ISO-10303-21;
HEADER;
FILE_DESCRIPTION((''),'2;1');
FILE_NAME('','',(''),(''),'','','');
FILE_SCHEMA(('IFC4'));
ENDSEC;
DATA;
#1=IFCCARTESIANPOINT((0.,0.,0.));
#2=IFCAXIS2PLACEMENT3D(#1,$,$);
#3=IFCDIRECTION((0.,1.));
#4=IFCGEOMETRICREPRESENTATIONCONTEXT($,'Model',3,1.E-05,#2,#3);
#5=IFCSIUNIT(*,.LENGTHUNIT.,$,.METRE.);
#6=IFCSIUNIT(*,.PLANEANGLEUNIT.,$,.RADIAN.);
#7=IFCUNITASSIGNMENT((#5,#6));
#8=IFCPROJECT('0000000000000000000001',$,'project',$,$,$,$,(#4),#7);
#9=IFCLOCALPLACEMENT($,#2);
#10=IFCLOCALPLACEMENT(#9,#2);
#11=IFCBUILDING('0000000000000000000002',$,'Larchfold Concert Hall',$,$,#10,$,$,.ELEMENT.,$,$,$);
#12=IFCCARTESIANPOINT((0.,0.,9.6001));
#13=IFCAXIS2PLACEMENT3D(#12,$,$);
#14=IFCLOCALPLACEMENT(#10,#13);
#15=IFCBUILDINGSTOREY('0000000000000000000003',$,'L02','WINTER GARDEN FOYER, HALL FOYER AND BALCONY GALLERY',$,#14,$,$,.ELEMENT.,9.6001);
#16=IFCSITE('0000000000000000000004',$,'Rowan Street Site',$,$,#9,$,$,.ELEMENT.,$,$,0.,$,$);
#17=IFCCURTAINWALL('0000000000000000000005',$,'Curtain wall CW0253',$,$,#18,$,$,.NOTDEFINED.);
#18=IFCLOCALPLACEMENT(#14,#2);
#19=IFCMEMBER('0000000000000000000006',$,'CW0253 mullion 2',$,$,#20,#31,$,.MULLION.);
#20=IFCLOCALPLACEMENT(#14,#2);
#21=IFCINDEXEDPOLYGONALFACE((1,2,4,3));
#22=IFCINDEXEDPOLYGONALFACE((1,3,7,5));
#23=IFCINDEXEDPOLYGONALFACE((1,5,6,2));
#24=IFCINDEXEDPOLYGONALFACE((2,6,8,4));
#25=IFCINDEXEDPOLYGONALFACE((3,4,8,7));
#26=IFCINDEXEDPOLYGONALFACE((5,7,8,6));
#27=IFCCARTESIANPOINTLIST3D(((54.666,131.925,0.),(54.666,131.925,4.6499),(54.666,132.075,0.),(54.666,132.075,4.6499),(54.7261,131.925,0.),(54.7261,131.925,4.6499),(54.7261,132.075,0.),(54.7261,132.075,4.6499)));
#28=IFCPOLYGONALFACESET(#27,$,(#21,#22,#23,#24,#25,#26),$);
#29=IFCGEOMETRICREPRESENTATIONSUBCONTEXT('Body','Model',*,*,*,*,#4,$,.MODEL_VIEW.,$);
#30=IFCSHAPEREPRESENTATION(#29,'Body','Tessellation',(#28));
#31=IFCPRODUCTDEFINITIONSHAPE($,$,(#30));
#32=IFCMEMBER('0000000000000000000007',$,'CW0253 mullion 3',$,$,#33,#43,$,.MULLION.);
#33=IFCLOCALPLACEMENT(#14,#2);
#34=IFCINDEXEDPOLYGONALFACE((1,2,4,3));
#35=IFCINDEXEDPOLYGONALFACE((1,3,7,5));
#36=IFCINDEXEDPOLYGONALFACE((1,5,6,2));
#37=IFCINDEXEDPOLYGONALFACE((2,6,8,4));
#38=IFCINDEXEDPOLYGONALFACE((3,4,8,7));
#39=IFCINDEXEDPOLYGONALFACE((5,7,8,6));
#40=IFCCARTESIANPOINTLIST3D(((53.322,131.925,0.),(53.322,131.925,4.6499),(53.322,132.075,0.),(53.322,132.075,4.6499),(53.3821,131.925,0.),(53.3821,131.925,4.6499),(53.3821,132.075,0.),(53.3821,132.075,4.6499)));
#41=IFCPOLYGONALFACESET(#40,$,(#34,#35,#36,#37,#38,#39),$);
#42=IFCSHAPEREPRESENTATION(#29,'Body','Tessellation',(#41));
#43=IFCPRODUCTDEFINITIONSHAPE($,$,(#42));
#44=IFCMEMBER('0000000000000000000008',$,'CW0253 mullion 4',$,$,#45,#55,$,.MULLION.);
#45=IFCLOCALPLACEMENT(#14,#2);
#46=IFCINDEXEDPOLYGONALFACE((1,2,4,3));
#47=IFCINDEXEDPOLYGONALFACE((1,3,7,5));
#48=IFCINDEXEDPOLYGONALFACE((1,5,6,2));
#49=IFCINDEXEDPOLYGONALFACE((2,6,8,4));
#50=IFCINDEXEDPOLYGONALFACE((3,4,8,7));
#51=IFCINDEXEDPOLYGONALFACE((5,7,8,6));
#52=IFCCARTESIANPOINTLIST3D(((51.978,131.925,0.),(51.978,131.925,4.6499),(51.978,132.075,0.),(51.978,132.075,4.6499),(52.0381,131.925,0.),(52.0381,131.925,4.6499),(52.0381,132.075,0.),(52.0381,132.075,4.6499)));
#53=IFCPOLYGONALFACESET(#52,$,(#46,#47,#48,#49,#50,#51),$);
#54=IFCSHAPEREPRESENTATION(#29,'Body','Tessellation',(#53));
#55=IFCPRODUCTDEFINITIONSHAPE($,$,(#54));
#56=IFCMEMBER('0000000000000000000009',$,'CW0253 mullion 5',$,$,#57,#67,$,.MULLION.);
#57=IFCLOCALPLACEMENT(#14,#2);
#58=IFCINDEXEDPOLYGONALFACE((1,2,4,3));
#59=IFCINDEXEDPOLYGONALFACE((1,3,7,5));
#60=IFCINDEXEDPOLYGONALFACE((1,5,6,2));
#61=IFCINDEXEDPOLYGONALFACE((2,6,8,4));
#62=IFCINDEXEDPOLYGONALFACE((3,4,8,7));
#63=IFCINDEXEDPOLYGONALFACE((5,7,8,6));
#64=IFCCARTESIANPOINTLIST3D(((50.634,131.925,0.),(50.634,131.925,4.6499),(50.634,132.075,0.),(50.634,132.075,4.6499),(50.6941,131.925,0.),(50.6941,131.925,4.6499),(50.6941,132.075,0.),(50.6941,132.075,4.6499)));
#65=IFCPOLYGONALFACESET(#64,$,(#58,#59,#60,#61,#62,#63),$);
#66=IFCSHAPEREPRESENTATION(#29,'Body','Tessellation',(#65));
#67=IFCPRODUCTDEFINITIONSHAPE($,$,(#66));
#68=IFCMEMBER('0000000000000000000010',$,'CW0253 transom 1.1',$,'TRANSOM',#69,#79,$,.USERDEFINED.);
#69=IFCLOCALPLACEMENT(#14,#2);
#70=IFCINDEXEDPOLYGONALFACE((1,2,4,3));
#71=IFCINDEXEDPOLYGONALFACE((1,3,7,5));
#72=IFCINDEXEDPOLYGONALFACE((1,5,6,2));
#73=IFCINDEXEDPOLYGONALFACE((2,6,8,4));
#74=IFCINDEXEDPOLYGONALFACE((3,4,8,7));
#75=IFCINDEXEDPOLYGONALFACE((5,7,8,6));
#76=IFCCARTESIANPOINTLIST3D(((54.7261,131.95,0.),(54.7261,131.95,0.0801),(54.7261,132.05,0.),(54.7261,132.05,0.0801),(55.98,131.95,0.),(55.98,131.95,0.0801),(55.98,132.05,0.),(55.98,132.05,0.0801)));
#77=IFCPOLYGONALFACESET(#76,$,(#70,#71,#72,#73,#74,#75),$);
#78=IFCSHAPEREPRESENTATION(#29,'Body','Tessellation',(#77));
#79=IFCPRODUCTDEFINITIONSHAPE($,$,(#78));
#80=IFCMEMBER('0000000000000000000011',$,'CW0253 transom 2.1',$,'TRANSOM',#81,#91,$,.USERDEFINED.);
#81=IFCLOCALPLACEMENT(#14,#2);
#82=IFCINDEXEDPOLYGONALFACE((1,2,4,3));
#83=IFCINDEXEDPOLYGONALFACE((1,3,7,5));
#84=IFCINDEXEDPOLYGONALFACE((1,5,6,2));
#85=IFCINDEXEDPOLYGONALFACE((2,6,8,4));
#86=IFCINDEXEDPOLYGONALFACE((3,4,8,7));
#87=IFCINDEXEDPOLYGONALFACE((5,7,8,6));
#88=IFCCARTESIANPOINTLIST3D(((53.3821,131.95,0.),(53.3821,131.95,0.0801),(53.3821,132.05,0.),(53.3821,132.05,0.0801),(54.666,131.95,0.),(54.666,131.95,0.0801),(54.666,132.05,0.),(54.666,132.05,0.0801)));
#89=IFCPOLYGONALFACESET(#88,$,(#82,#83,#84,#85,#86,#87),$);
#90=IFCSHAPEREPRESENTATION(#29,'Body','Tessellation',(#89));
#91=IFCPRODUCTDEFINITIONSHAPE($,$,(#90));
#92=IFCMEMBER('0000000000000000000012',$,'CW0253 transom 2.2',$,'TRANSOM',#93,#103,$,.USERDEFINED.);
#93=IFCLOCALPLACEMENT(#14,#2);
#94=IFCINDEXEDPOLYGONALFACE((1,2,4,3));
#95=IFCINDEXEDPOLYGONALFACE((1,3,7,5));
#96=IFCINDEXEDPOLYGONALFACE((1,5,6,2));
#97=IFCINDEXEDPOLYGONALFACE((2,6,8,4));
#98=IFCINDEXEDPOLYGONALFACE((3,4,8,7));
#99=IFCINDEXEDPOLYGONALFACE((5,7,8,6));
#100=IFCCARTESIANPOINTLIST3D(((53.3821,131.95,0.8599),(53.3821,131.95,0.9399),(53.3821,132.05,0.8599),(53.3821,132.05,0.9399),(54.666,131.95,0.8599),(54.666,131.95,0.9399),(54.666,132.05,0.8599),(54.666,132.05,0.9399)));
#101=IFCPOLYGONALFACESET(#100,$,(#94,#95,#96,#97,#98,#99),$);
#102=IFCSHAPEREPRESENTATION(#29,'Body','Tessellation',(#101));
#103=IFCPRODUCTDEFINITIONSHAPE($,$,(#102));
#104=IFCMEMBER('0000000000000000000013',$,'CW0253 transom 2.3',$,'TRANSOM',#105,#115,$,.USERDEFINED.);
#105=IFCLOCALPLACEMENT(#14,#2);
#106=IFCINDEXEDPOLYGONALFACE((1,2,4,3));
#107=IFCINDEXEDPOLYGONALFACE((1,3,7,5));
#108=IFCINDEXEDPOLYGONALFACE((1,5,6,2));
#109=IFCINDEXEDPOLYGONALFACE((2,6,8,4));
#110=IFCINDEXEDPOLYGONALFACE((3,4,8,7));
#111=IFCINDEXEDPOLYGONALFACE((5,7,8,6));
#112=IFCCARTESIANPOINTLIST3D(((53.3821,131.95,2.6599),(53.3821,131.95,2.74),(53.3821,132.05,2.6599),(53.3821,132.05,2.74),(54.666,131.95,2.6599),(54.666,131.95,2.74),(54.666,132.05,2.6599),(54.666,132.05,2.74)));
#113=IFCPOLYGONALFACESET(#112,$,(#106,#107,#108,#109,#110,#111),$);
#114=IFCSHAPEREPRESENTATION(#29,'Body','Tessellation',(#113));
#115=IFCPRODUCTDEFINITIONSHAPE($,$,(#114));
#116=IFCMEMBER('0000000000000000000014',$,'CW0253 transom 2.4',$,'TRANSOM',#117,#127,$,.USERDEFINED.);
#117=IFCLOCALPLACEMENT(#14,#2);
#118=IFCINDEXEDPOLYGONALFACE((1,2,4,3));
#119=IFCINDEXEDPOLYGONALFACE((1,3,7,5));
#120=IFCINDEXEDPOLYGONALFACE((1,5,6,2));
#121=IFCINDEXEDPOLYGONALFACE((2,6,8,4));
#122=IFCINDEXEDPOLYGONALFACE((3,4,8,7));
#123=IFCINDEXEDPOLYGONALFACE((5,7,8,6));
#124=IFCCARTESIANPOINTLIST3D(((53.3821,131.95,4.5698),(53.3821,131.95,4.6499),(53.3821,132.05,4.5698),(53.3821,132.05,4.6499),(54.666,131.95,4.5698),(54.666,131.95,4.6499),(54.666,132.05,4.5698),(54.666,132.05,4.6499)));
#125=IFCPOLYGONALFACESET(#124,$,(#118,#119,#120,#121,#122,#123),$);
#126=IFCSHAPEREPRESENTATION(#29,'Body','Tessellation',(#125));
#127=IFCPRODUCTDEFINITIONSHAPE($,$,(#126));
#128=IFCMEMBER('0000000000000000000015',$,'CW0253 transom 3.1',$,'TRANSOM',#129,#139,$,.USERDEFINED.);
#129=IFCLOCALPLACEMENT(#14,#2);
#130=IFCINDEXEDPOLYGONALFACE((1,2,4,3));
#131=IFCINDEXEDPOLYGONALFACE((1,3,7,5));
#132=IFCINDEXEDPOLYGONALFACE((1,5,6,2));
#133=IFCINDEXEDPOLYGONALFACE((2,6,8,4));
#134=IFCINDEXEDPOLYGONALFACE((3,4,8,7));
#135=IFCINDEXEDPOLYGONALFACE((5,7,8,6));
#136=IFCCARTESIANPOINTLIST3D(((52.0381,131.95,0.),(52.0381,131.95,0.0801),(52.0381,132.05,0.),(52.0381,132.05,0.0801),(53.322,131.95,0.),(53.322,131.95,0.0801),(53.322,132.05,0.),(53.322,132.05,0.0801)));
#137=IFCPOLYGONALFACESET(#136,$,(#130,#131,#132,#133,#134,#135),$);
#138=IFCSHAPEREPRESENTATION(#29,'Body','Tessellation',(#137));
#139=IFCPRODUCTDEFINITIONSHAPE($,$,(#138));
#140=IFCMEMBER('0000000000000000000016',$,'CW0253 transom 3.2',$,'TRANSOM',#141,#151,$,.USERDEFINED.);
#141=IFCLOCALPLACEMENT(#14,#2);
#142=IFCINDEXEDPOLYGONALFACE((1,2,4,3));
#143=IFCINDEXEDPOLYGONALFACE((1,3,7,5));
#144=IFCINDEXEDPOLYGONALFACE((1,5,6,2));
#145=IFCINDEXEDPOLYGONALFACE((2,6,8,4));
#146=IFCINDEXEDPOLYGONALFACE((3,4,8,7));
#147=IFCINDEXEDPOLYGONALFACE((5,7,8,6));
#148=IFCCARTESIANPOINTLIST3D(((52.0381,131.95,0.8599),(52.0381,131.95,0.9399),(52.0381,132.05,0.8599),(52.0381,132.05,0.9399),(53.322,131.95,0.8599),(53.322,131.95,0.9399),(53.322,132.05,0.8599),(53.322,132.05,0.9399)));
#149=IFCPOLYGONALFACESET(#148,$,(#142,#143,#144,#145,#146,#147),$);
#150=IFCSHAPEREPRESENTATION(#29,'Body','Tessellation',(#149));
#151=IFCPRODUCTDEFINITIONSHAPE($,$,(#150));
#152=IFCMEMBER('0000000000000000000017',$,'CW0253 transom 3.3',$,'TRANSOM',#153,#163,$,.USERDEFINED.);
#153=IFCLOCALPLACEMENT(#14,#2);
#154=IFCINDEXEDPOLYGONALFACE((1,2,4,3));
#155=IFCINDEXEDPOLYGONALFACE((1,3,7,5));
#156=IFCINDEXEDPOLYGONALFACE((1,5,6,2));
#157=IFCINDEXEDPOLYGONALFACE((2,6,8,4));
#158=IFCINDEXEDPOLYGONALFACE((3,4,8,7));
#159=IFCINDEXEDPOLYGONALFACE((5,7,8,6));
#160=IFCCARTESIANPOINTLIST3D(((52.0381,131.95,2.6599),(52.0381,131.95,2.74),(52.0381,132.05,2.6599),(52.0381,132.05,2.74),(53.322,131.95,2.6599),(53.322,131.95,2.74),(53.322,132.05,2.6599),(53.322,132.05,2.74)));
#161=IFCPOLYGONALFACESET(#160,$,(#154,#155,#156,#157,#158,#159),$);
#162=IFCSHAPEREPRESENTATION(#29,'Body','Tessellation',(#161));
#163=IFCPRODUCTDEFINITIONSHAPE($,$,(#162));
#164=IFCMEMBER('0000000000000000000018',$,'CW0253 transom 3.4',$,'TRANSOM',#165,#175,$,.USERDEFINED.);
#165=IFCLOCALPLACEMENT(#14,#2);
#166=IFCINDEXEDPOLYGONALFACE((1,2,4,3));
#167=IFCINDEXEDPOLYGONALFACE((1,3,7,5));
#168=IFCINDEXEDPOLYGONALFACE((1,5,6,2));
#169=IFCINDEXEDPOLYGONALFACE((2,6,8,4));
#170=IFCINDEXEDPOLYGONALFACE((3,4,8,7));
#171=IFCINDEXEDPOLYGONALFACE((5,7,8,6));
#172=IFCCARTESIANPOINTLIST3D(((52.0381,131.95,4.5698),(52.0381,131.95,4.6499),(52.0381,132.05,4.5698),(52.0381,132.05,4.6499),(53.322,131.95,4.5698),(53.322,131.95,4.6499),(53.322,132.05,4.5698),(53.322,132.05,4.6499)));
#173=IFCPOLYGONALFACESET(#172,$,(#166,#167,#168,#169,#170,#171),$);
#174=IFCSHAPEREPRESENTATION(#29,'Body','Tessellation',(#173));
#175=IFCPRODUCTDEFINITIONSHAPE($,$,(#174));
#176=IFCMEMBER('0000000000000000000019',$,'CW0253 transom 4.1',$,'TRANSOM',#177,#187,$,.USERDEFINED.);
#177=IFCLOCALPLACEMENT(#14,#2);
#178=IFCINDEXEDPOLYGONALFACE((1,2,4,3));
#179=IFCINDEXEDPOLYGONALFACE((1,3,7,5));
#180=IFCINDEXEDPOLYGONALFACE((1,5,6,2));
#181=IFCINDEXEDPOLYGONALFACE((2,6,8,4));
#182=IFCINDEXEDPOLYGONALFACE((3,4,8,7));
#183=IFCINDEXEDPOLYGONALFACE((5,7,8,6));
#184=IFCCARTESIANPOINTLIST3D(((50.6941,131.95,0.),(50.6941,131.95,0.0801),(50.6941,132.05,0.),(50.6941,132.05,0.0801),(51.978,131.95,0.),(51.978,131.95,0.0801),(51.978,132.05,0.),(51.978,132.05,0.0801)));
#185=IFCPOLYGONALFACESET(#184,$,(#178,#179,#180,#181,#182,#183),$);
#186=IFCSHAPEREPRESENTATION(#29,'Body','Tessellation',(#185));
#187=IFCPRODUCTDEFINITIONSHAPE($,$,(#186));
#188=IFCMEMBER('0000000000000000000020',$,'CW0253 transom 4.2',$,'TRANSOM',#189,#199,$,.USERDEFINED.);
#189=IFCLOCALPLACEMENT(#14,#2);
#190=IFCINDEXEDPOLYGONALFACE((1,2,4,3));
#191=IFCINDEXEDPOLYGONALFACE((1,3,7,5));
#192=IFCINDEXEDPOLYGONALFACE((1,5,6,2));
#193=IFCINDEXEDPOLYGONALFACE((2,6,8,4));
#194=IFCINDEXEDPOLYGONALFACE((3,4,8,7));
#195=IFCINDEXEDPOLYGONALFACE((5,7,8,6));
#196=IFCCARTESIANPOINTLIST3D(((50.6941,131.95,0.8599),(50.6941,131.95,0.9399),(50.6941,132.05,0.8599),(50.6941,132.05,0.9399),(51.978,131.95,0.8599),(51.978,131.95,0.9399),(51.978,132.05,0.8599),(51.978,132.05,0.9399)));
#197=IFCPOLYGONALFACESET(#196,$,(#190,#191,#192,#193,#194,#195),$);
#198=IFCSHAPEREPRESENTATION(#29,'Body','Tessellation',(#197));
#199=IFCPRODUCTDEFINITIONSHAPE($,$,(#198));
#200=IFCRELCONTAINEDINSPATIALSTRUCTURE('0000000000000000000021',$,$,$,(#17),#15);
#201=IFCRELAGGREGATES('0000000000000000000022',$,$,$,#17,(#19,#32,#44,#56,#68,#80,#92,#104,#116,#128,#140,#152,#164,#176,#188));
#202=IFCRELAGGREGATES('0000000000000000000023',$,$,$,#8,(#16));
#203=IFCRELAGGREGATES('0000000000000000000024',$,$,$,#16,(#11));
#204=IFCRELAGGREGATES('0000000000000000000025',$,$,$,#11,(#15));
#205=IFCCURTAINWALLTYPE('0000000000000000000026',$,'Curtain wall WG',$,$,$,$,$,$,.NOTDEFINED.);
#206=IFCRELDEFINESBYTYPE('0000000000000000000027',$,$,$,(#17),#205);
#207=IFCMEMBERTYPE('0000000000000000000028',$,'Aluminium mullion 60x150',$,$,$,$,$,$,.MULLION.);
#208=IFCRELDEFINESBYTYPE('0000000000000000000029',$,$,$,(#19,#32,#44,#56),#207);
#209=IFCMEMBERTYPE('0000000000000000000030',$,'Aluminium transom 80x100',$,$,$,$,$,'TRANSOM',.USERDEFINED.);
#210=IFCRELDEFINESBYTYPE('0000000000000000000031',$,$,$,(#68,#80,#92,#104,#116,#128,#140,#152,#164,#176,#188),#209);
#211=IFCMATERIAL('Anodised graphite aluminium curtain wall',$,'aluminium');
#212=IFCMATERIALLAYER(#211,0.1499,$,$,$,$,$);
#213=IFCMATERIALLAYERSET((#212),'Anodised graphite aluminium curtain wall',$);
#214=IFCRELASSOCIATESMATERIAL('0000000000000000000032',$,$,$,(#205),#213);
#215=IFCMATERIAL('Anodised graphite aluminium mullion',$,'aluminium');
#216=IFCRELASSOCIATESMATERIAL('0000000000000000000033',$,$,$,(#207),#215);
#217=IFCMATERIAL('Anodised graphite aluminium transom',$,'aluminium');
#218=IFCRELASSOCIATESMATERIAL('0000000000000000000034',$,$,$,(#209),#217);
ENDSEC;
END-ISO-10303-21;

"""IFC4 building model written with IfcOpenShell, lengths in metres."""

from ifc_helpers import new_model, si_unit, direction, frame, origin, origin_2d, place, context, subcontext, project, spatial, rectangle, extrude, material, layer, layer_set, material_profile, profile_set, type_object, element, aggregate, save


model = new_model("IFC4")

# Units and contexts
model_context = context("Model", 3, precision=1e-05, world=origin(), true_north=direction((0.0, 1.0)))
body_context = subcontext(model_context, "Body", "Model", "MODEL_VIEW")
ifc_project = project(units=[si_unit("LENGTHUNIT", "METRE"), si_unit("PLANEANGLEUNIT", "RADIAN")], contexts=[model_context])

# Site, building, storey
site_placement = place(None, origin())
site = spatial("IfcSite", under=ifc_project, at=site_placement, Name="Rowan Street Site", CompositionType="ELEMENT", RefElevation=0.0)
building_placement = place(site_placement, origin())
building = spatial("IfcBuilding", under=site, at=building_placement, Name="Larchfold Concert Hall", CompositionType="ELEMENT")
storey_placement = place(building_placement, frame((0.0, 0.0, 9.6001)))
storey = spatial("IfcBuildingStorey", under=building, at=storey_placement, Name="L02", Description="WINTER GARDEN FOYER, HALL FOYER AND BALCONY GALLERY", CompositionType="ELEMENT", Elevation=9.6001)

# Curtain wall, members
ifc_material_1 = material(Name="Anodised graphite aluminium curtain wall", Category="aluminium")
ifc_layer_1 = layer(ifc_material_1, 0.1499)
ifc_layer_set_1 = layer_set([ifc_layer_1], Name="Anodised graphite aluminium curtain wall")
curtain_wall_type = type_object("IfcCurtainWallType", Name="Curtain wall WG", PredefinedType="NOTDEFINED", material=ifc_layer_set_1)
curtain_wall_placement = place(storey_placement, origin())
curtain_wall = element("IfcCurtainWall", 1, at=curtain_wall_placement, inside=storey, type_object=curtain_wall_type, Name="Curtain wall CW0253", PredefinedType="NOTDEFINED")
ifc_material_2 = material(Name="Anodised graphite aluminium mullion", Category="aluminium")
ifc_material_profile_1 = material_profile(ifc_material_2, rectangle(XDim=0.1499, YDim=0.0601, at=origin_2d()))
ifc_profile_set_1 = profile_set([ifc_material_profile_1], Name="Anodised graphite aluminium mullion")
member_type_1 = type_object("IfcMemberType", Name="Aluminium mullion 60x150", PredefinedType="MULLION", material=ifc_profile_set_1)
member_1_placement = place(storey_placement, frame((54.696, 132.0, 0.0), z_axis=(0.0, 0.0, 1.0), x_axis=(0.0, -1.0, 0.0)))
member_1 = element("IfcMember", 2, at=member_1_placement, type_object=member_type_1, Name="CW0253 mullion 2", PredefinedType="MULLION", context=body_context, shape_type="SweptSolid", body=[
    extrude(rectangle(XDim=0.1499, YDim=0.0601, at=origin_2d()), origin(), (0.0, 0.0, 1.0), 4.6499),
])
member_2_placement = place(storey_placement, frame((53.3521, 132.0, 0.0), z_axis=(0.0, 0.0, 1.0), x_axis=(0.0, -1.0, 0.0)))
member_2 = element("IfcMember", 3, at=member_2_placement, type_object=member_type_1, Name="CW0253 mullion 3", PredefinedType="MULLION", context=body_context, shape_type="SweptSolid", body=[
    extrude(rectangle(XDim=0.1499, YDim=0.0601, at=origin_2d()), origin(), (0.0, 0.0, 1.0), 4.6499),
])
member_3_placement = place(storey_placement, frame((52.0081, 132.0, 0.0), z_axis=(0.0, 0.0, 1.0), x_axis=(0.0, -1.0, 0.0)))
member_3 = element("IfcMember", 4, at=member_3_placement, type_object=member_type_1, Name="CW0253 mullion 4", PredefinedType="MULLION", context=body_context, shape_type="SweptSolid", body=[
    extrude(rectangle(XDim=0.1499, YDim=0.0601, at=origin_2d()), origin(), (0.0, 0.0, 1.0), 4.6499),
])
member_4_placement = place(storey_placement, frame((50.6641, 132.0, 0.0), z_axis=(0.0, 0.0, 1.0), x_axis=(0.0, -1.0, 0.0)))
member_4 = element("IfcMember", 5, at=member_4_placement, type_object=member_type_1, Name="CW0253 mullion 5", PredefinedType="MULLION", context=body_context, shape_type="SweptSolid", body=[
    extrude(rectangle(XDim=0.1499, YDim=0.0601, at=origin_2d()), origin(), (0.0, 0.0, 1.0), 4.6499),
])
ifc_material_3 = material(Name="Anodised graphite aluminium transom", Category="aluminium")
ifc_material_profile_2 = material_profile(ifc_material_3, rectangle(XDim=0.1001, YDim=0.0801, at=origin_2d()))
ifc_profile_set_2 = profile_set([ifc_material_profile_2], Name="Anodised graphite aluminium transom")
member_type_2 = type_object("IfcMemberType", Name="Aluminium transom 80x100", ElementType="TRANSOM", PredefinedType="USERDEFINED", material=ifc_profile_set_2)
member_5_placement = place(storey_placement, frame((55.98, 132.0, 0.04), z_axis=(-1.0, 0.0, 0.0), x_axis=(0.0, -1.0, 0.0)))
member_5 = element("IfcMember", 6, at=member_5_placement, type_object=member_type_2, Name="CW0253 transom 1.1", ObjectType="TRANSOM", PredefinedType="USERDEFINED", context=body_context, shape_type="SweptSolid", body=[
    extrude(rectangle(XDim=0.1001, YDim=0.0801, at=origin_2d()), origin(), (0.0, 0.0, 1.0), 1.2539),
])
member_6_placement = place(storey_placement, frame((54.666, 132.0, 0.04), z_axis=(-1.0, 0.0, 0.0), x_axis=(0.0, -1.0, 0.0)))
member_6 = element("IfcMember", 7, at=member_6_placement, type_object=member_type_2, Name="CW0253 transom 2.1", ObjectType="TRANSOM", PredefinedType="USERDEFINED", context=body_context, shape_type="SweptSolid", body=[
    extrude(rectangle(XDim=0.1001, YDim=0.0801, at=origin_2d()), origin(), (0.0, 0.0, 1.0), 1.2839),
])
member_7_placement = place(storey_placement, frame((54.666, 132.0, 0.8999), z_axis=(-1.0, 0.0, 0.0), x_axis=(0.0, -1.0, 0.0)))
member_7 = element("IfcMember", 8, at=member_7_placement, type_object=member_type_2, Name="CW0253 transom 2.2", ObjectType="TRANSOM", PredefinedType="USERDEFINED", context=body_context, shape_type="SweptSolid", body=[
    extrude(rectangle(XDim=0.1001, YDim=0.0801, at=origin_2d()), origin(), (0.0, 0.0, 1.0), 1.2839),
])
member_8_placement = place(storey_placement, frame((54.666, 132.0, 2.7), z_axis=(-1.0, 0.0, 0.0), x_axis=(0.0, -1.0, 0.0)))
member_8 = element("IfcMember", 9, at=member_8_placement, type_object=member_type_2, Name="CW0253 transom 2.3", ObjectType="TRANSOM", PredefinedType="USERDEFINED", context=body_context, shape_type="SweptSolid", body=[
    extrude(rectangle(XDim=0.1001, YDim=0.0801, at=origin_2d()), origin(), (0.0, 0.0, 1.0), 1.2839),
])
member_9_placement = place(storey_placement, frame((54.666, 132.0, 4.6099), z_axis=(-1.0, 0.0, 0.0), x_axis=(0.0, -1.0, 0.0)))
member_9 = element("IfcMember", 10, at=member_9_placement, type_object=member_type_2, Name="CW0253 transom 2.4", ObjectType="TRANSOM", PredefinedType="USERDEFINED", context=body_context, shape_type="SweptSolid", body=[
    extrude(rectangle(XDim=0.1001, YDim=0.0801, at=origin_2d()), origin(), (0.0, 0.0, 1.0), 1.2839),
])
member_10_placement = place(storey_placement, frame((53.322, 132.0, 0.04), z_axis=(-1.0, 0.0, 0.0), x_axis=(0.0, -1.0, 0.0)))
member_10 = element("IfcMember", 11, at=member_10_placement, type_object=member_type_2, Name="CW0253 transom 3.1", ObjectType="TRANSOM", PredefinedType="USERDEFINED", context=body_context, shape_type="SweptSolid", body=[
    extrude(rectangle(XDim=0.1001, YDim=0.0801, at=origin_2d()), origin(), (0.0, 0.0, 1.0), 1.2839),
])
member_11_placement = place(storey_placement, frame((53.322, 132.0, 0.8999), z_axis=(-1.0, 0.0, 0.0), x_axis=(0.0, -1.0, 0.0)))
member_11 = element("IfcMember", 12, at=member_11_placement, type_object=member_type_2, Name="CW0253 transom 3.2", ObjectType="TRANSOM", PredefinedType="USERDEFINED", context=body_context, shape_type="SweptSolid", body=[
    extrude(rectangle(XDim=0.1001, YDim=0.0801, at=origin_2d()), origin(), (0.0, 0.0, 1.0), 1.2839),
])
member_12_placement = place(storey_placement, frame((53.322, 132.0, 2.7), z_axis=(-1.0, 0.0, 0.0), x_axis=(0.0, -1.0, 0.0)))
member_12 = element("IfcMember", 13, at=member_12_placement, type_object=member_type_2, Name="CW0253 transom 3.3", ObjectType="TRANSOM", PredefinedType="USERDEFINED", context=body_context, shape_type="SweptSolid", body=[
    extrude(rectangle(XDim=0.1001, YDim=0.0801, at=origin_2d()), origin(), (0.0, 0.0, 1.0), 1.2839),
])
member_13_placement = place(storey_placement, frame((53.322, 132.0, 4.6099), z_axis=(-1.0, 0.0, 0.0), x_axis=(0.0, -1.0, 0.0)))
member_13 = element("IfcMember", 14, at=member_13_placement, type_object=member_type_2, Name="CW0253 transom 3.4", ObjectType="TRANSOM", PredefinedType="USERDEFINED", context=body_context, shape_type="SweptSolid", body=[
    extrude(rectangle(XDim=0.1001, YDim=0.0801, at=origin_2d()), origin(), (0.0, 0.0, 1.0), 1.2839),
])
member_14_placement = place(storey_placement, frame((51.978, 132.0, 0.04), z_axis=(-1.0, 0.0, 0.0), x_axis=(0.0, -1.0, 0.0)))
member_14 = element("IfcMember", 15, at=member_14_placement, type_object=member_type_2, Name="CW0253 transom 4.1", ObjectType="TRANSOM", PredefinedType="USERDEFINED", context=body_context, shape_type="SweptSolid", body=[
    extrude(rectangle(XDim=0.1001, YDim=0.0801, at=origin_2d()), origin(), (0.0, 0.0, 1.0), 1.2839),
])
member_15_placement = place(storey_placement, frame((51.978, 132.0, 0.8999), z_axis=(-1.0, 0.0, 0.0), x_axis=(0.0, -1.0, 0.0)))
member_15 = element("IfcMember", 16, at=member_15_placement, type_object=member_type_2, Name="CW0253 transom 4.2", ObjectType="TRANSOM", PredefinedType="USERDEFINED", context=body_context, shape_type="SweptSolid", body=[
    extrude(rectangle(XDim=0.1001, YDim=0.0801, at=origin_2d()), origin(), (0.0, 0.0, 1.0), 1.2839),
])
aggregate(curtain_wall, [member_1, member_2, member_3, member_4, member_5, member_6, member_7, member_8, member_9, member_10, member_11, member_12, member_13, member_14, member_15])

save(model, "model.ifc")
